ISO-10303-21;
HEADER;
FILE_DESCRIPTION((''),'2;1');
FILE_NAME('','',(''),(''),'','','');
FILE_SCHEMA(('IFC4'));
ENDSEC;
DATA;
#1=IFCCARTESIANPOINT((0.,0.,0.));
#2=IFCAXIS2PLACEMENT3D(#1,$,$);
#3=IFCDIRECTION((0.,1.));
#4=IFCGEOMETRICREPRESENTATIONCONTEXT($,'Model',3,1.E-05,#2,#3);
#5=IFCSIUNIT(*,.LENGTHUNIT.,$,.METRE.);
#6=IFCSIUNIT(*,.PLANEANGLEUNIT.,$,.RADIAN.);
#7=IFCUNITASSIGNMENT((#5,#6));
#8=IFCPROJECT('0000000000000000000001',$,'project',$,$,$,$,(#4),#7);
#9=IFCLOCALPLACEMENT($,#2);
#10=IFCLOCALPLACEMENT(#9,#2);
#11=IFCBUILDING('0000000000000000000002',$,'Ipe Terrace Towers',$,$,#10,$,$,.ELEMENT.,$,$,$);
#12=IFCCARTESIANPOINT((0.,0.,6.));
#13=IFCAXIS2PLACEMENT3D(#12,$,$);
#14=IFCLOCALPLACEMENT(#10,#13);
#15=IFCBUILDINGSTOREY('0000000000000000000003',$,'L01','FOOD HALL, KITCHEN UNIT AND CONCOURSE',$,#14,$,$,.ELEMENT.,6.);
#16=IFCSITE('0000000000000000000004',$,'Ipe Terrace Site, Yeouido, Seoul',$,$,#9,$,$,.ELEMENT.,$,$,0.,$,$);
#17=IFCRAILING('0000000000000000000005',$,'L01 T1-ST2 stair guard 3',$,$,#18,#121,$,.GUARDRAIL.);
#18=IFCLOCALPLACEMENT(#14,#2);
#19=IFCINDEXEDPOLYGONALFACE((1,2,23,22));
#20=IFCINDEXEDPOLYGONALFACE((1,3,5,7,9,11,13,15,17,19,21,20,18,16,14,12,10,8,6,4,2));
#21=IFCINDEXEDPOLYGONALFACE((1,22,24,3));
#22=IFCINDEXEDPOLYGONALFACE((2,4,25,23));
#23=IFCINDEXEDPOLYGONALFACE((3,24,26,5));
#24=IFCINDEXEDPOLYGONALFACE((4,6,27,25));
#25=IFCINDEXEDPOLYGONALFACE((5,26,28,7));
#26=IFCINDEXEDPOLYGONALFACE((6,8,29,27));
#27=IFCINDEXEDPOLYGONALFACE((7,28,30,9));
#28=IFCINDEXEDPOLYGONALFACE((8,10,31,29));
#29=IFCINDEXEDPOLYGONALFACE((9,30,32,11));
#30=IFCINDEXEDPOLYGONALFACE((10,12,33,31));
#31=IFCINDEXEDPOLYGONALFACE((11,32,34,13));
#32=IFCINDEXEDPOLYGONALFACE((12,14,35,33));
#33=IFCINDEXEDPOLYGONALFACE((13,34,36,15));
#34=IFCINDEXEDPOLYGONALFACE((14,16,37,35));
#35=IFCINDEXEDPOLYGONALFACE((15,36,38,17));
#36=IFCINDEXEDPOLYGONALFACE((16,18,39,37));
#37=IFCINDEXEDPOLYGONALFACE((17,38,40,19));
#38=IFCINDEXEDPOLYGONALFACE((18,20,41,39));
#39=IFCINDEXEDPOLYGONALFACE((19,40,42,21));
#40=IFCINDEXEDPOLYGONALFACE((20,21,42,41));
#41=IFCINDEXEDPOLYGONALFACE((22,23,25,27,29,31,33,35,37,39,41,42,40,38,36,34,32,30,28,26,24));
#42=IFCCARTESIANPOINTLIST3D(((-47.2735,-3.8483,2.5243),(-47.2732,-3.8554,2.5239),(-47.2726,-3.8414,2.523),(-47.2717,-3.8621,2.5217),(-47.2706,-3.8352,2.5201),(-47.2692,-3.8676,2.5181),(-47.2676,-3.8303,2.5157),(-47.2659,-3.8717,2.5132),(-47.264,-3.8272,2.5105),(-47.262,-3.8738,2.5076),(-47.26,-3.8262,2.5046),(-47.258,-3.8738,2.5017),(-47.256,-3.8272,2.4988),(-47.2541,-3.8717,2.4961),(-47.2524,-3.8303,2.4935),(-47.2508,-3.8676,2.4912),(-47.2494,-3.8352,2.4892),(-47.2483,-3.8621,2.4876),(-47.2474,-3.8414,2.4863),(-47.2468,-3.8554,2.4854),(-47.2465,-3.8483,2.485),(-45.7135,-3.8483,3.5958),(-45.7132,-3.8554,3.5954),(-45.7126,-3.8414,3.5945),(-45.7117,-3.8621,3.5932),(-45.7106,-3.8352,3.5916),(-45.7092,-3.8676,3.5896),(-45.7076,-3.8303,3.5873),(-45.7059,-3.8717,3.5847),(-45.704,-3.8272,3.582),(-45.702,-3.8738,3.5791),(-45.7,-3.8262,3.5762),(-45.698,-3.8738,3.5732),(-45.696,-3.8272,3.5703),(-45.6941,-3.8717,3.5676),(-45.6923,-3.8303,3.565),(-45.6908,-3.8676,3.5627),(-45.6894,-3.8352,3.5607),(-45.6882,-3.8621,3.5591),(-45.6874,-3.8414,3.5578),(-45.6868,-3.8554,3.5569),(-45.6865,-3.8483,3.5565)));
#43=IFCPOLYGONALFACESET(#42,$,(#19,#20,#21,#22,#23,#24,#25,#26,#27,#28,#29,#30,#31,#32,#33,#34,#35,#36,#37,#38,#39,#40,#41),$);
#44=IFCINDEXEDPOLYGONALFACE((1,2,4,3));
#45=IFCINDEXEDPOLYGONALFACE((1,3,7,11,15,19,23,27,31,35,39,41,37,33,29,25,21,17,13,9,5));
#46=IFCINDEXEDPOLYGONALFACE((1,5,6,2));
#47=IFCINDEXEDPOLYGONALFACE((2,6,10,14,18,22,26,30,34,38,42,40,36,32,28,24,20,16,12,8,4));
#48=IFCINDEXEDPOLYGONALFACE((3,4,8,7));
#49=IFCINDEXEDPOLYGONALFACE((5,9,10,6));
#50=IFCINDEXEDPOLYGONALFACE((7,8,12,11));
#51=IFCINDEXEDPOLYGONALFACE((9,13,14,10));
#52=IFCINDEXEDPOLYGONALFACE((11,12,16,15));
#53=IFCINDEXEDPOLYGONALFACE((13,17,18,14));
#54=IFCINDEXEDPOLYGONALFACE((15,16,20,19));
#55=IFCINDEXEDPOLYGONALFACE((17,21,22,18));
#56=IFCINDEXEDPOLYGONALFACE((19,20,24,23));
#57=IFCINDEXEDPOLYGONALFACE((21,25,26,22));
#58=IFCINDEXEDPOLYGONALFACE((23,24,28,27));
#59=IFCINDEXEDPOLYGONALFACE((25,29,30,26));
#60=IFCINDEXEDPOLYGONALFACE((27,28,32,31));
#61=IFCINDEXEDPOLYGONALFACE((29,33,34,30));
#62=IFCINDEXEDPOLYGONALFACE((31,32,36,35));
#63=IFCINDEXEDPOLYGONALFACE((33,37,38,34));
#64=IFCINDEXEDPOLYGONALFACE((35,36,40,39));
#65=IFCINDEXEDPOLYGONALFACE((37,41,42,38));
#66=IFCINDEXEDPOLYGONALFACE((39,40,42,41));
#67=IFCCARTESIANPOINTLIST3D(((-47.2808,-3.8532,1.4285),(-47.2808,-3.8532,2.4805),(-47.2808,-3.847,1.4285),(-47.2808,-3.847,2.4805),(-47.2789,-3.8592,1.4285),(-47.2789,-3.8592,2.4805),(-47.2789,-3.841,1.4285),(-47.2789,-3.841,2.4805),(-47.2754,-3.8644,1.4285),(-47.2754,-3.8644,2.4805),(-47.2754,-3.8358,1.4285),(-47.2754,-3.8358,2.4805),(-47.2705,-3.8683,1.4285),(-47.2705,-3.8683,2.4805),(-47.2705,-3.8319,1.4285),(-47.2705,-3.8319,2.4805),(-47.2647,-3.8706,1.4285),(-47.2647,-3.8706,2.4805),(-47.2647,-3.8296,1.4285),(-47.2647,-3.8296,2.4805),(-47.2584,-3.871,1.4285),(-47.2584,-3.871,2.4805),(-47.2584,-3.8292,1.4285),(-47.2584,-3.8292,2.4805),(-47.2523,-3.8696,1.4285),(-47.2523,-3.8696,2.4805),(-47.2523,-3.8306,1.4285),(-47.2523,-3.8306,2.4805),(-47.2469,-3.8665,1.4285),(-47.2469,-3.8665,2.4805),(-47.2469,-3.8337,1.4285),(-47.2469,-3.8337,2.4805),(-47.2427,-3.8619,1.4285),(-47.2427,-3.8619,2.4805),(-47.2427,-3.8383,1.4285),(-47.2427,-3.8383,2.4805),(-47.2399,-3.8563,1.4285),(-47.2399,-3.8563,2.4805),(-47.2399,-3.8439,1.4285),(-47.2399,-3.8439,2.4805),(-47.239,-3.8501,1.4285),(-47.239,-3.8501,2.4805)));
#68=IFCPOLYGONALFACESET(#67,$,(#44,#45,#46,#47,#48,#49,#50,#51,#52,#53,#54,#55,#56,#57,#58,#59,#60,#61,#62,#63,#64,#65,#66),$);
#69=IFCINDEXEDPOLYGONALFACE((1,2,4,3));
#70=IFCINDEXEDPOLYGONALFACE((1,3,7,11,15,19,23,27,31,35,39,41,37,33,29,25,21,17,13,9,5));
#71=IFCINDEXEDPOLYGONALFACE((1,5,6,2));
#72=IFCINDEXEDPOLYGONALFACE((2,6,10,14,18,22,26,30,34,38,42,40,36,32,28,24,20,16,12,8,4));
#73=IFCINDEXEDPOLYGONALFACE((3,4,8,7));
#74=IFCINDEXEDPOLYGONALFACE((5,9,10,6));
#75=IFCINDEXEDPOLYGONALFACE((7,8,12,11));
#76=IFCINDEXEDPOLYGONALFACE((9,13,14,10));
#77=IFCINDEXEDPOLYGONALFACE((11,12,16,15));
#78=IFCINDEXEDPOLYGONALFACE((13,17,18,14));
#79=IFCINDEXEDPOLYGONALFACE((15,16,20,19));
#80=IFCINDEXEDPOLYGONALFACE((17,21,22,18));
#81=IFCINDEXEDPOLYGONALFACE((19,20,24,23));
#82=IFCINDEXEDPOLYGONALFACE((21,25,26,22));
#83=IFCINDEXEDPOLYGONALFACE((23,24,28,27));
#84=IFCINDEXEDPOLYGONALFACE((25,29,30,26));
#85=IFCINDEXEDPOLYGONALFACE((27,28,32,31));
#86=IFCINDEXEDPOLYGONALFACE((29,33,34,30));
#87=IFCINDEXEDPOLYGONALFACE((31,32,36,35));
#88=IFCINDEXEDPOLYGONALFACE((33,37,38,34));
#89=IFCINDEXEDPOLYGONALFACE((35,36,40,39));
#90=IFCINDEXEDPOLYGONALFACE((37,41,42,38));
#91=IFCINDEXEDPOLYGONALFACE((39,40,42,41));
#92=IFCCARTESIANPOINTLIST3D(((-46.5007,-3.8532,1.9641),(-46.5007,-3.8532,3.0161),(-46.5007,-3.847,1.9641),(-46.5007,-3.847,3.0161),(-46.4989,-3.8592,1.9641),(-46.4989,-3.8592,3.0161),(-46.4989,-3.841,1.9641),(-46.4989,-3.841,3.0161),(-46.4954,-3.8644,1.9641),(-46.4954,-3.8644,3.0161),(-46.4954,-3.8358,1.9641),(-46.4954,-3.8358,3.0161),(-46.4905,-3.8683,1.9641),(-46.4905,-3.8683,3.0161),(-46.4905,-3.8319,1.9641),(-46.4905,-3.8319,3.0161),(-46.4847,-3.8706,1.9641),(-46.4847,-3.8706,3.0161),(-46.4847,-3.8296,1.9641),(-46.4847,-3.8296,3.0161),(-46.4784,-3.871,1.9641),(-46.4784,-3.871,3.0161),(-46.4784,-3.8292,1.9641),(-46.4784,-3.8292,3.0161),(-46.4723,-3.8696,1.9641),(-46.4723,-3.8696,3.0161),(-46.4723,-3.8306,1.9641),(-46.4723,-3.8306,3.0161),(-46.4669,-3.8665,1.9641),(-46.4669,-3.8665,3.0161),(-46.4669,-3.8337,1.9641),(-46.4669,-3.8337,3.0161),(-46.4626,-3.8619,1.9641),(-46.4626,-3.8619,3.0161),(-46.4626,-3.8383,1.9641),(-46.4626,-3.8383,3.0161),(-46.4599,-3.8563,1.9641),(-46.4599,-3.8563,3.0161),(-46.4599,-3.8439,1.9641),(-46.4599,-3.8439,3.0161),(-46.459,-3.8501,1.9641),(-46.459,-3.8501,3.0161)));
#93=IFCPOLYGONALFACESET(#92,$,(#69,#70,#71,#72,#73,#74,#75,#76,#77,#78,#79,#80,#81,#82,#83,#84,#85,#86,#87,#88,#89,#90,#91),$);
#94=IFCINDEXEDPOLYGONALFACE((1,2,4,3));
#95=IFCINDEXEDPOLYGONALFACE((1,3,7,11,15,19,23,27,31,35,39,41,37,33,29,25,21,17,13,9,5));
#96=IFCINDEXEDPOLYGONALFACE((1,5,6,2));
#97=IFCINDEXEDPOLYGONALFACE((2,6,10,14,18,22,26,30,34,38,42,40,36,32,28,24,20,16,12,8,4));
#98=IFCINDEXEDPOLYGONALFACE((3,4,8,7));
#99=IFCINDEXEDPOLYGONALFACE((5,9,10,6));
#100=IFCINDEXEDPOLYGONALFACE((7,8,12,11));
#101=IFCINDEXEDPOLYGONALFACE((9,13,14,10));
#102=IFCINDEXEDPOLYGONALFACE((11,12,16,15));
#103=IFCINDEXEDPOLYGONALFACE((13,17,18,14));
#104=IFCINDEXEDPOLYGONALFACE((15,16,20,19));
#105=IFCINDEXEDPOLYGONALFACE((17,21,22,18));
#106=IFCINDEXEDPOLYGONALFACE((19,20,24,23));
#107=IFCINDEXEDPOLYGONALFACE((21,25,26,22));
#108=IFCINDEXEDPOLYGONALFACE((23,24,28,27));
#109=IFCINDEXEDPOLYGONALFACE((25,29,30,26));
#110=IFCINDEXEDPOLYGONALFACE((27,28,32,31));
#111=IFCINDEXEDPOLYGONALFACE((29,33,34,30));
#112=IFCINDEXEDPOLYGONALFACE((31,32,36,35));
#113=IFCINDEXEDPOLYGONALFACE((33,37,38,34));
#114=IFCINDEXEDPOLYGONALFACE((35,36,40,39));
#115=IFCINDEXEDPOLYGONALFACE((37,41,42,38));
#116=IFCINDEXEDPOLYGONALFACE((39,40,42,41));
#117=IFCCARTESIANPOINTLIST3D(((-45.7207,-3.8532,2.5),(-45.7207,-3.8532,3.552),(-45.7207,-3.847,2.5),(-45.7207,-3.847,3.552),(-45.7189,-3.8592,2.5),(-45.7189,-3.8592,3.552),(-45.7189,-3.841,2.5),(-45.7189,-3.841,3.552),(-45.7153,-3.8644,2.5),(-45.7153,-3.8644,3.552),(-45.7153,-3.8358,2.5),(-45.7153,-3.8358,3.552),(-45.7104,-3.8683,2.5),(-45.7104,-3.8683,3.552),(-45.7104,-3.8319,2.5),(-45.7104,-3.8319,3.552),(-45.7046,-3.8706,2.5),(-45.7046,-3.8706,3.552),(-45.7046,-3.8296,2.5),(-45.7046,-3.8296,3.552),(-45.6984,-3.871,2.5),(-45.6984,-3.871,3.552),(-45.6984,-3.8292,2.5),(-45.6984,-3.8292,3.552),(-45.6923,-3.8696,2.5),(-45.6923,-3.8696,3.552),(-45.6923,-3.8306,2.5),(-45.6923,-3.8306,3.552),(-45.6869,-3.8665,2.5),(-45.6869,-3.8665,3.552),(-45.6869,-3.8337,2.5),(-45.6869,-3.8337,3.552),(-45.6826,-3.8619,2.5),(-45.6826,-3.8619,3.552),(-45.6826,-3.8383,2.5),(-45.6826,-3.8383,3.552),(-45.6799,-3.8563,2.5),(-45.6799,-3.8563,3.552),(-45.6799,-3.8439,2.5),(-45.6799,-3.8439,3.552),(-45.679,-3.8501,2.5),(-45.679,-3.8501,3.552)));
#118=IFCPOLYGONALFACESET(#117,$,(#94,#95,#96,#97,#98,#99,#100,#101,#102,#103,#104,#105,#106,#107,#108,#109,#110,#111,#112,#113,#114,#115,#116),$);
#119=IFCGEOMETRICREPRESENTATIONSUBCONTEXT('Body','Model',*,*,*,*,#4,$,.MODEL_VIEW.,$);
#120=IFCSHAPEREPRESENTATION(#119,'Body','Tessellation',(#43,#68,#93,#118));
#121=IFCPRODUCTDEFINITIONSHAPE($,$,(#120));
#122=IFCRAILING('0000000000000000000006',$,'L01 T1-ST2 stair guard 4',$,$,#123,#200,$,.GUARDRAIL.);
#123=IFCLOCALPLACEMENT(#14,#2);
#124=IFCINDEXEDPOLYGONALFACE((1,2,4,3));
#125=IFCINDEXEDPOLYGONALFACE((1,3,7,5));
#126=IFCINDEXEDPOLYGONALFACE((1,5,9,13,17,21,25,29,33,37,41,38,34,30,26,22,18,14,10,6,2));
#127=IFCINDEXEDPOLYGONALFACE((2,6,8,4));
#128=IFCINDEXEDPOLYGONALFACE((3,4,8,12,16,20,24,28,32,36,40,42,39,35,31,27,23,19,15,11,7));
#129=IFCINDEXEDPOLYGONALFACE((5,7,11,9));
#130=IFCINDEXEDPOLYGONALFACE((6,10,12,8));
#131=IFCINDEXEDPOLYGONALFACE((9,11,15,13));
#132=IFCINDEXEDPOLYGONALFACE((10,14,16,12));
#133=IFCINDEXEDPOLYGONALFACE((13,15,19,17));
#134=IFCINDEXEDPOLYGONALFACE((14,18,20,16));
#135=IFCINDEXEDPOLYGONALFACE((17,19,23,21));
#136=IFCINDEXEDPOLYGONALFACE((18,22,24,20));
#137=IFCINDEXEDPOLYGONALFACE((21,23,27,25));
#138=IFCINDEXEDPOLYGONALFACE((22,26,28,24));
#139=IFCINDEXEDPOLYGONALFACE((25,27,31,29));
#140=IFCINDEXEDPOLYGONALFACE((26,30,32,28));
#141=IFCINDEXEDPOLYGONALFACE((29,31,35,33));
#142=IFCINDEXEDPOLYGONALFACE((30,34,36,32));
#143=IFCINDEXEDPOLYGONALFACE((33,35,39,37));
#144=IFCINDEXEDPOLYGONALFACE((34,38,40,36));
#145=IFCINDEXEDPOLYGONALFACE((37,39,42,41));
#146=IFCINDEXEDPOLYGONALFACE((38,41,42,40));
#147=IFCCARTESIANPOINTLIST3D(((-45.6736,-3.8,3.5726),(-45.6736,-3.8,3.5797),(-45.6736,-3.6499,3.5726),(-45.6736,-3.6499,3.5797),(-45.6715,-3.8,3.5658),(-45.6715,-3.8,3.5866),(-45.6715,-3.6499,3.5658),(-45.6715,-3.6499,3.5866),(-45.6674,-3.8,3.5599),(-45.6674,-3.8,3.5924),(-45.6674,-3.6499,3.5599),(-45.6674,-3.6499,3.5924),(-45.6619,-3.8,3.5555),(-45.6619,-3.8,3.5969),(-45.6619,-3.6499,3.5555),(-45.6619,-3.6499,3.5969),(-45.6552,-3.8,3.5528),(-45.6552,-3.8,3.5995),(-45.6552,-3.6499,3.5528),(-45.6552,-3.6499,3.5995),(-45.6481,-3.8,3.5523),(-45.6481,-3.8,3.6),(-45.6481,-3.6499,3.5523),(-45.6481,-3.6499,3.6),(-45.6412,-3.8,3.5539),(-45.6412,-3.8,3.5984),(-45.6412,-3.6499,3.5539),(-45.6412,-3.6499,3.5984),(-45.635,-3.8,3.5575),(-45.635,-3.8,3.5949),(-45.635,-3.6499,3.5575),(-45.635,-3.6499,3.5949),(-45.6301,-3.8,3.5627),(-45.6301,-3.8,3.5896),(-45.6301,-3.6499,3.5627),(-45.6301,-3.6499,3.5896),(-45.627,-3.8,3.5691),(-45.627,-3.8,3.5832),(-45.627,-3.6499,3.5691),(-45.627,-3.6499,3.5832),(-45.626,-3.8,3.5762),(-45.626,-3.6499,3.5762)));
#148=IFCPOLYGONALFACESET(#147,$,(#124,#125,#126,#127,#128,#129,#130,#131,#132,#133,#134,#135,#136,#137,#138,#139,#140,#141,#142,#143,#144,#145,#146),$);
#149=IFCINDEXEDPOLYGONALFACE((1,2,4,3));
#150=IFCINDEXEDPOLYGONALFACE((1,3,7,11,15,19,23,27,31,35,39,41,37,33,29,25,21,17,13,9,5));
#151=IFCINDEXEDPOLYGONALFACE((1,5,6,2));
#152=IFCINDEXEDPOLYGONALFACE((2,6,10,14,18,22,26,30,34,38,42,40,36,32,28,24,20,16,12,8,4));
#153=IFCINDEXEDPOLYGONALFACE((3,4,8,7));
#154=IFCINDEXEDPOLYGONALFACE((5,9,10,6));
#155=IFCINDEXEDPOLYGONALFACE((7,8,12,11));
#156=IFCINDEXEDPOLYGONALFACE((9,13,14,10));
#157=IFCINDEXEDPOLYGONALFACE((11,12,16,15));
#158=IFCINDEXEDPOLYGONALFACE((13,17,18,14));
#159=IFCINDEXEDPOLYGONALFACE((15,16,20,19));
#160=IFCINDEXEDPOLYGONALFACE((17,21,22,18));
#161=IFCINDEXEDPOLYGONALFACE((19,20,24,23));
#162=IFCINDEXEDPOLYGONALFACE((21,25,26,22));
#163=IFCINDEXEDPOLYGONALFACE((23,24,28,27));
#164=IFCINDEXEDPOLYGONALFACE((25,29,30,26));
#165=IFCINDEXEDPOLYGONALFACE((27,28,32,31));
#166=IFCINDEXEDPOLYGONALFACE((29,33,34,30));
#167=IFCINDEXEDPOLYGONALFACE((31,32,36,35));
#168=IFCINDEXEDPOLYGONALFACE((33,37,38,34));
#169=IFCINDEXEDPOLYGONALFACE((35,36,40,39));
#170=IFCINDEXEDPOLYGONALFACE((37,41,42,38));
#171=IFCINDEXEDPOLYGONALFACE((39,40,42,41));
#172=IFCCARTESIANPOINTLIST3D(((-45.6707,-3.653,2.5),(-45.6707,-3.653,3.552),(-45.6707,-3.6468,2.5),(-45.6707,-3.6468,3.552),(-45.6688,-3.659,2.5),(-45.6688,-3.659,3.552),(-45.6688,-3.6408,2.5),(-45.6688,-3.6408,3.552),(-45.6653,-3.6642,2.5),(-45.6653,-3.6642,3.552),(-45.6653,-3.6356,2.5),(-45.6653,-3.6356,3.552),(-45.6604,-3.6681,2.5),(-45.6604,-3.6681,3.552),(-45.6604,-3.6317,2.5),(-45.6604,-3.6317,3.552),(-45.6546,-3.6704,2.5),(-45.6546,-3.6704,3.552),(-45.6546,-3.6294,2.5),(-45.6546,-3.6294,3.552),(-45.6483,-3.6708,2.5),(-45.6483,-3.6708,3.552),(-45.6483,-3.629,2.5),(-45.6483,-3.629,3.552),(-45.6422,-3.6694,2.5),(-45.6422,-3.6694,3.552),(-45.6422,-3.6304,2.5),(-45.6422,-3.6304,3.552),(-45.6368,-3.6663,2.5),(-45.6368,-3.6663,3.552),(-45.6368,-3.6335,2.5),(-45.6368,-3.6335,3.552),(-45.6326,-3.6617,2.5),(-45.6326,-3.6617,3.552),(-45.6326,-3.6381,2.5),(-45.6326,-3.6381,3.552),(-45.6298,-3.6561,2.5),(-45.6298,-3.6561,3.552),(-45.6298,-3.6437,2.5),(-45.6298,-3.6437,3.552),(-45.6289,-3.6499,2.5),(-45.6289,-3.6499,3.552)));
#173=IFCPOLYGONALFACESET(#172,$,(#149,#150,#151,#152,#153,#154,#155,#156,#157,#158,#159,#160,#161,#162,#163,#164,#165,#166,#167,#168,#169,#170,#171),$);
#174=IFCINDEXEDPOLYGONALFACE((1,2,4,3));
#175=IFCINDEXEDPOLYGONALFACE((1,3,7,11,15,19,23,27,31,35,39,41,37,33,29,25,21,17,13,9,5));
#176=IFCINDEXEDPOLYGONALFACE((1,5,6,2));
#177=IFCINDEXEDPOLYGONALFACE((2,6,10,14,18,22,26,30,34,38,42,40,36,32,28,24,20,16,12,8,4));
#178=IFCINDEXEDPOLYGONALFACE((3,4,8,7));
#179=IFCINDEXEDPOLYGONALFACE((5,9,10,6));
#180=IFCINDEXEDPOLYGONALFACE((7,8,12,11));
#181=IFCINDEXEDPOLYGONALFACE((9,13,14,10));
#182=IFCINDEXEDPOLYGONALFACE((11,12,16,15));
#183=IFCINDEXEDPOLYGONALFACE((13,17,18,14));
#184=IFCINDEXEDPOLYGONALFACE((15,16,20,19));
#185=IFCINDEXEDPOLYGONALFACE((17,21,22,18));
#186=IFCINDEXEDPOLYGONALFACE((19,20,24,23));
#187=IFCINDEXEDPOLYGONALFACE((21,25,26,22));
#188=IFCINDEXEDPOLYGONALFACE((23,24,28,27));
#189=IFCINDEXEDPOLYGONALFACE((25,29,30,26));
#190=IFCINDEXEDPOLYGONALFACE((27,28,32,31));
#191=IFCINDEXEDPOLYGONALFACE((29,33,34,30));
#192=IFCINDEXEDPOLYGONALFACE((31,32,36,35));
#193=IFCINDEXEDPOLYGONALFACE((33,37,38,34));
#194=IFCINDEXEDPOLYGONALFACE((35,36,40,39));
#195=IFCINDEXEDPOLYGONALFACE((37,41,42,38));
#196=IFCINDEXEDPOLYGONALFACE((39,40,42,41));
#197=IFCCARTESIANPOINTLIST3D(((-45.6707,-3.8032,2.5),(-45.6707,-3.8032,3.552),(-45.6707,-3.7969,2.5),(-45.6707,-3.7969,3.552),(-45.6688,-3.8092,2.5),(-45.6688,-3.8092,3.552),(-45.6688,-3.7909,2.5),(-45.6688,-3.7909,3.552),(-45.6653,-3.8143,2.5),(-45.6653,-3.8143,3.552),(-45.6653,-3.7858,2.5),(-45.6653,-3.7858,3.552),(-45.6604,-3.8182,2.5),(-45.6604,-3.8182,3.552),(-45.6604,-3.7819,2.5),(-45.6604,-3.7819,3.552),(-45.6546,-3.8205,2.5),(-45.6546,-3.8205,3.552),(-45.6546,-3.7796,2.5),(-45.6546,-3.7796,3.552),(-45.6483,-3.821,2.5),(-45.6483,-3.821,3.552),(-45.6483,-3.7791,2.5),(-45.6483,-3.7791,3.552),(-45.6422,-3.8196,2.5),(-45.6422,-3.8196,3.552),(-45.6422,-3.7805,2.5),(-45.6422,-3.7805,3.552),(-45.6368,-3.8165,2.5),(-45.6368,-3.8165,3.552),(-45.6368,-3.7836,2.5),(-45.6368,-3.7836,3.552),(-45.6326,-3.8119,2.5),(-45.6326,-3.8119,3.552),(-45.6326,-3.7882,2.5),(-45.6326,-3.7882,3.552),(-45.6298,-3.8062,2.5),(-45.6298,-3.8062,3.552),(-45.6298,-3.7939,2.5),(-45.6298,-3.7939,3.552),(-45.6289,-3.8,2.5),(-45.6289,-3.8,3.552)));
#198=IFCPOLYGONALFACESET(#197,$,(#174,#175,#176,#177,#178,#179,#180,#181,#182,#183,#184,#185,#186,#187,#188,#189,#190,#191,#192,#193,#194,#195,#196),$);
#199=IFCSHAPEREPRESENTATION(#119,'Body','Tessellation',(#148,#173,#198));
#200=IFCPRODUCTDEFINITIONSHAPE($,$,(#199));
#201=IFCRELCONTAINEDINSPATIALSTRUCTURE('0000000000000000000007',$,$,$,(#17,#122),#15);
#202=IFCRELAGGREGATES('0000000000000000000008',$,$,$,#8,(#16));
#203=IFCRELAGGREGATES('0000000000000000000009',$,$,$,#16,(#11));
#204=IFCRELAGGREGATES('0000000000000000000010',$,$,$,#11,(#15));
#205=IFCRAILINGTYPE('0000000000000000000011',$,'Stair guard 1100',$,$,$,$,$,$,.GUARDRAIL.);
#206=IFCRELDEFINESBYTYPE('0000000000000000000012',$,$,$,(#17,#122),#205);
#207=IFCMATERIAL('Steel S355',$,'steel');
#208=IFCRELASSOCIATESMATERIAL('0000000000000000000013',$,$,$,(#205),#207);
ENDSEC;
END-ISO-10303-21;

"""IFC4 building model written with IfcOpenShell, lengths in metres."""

from ifc_helpers import new_model, si_unit, direction, frame, origin, origin_2d, place, context, subcontext, project, spatial, circle, extrude, material, type_object, element, save


model = new_model("IFC4")

# Units and contexts
model_context = context("Model", 3, precision=1e-05, world=origin(), true_north=direction((0.0, 1.0)))
body_context = subcontext(model_context, "Body", "Model", "MODEL_VIEW")
ifc_project = project(units=[si_unit("LENGTHUNIT", "METRE"), si_unit("PLANEANGLEUNIT", "RADIAN")], contexts=[model_context])

# Site, building, storey
site_placement = place(None, origin())
site = spatial("IfcSite", under=ifc_project, at=site_placement, Name="Ipe Terrace Site, Yeouido, Seoul", CompositionType="ELEMENT", RefElevation=0.0)
building_placement = place(site_placement, origin())
building = spatial("IfcBuilding", under=site, at=building_placement, Name="Ipe Terrace Towers", CompositionType="ELEMENT")
storey_placement = place(building_placement, frame((0.0, 0.0, 6.0)))
storey = spatial("IfcBuildingStorey", under=building, at=storey_placement, Name="L01", Description="FOOD HALL, KITCHEN UNIT AND CONCOURSE", CompositionType="ELEMENT", Elevation=6.0)

# Railings
ifc_material_1 = material(Name="Steel S355", Category="steel")
railing_type_1 = type_object("IfcRailingType", Name="Stair guard 1100", PredefinedType="GUARDRAIL", material=ifc_material_1)
railing_1_placement = place(storey_placement, frame((-47.26, -3.8501, 1.4285)))
element("IfcRailing", 1, at=railing_1_placement, inside=storey, type_object=railing_type_1, Name="L01 T1-ST2 stair guard 3", PredefinedType="GUARDRAIL", context=body_context, shape_type="SweptSolid", body=[
    extrude(circle(Radius=0.0239, at=origin_2d()), frame((0.0, 0.0, 1.0762), z_axis=(0.82429, 0.0, 0.566167), x_axis=(0.0, 1.0, 0.0)), (0.0, 0.0, 1.0), 1.8926),
    extrude(circle(Radius=0.021, at=origin_2d()), origin(), (0.0, 0.0, 1.0), 1.052),
    extrude(circle(Radius=0.021, at=origin_2d()), frame((0.78, 0.0, 0.5356)), (0.0, 0.0, 1.0), 1.052),
    extrude(circle(Radius=0.021, at=origin_2d()), frame((1.5601, 0.0, 1.0715)), (0.0, 0.0, 1.0), 1.052),
])
railing_2_placement = place(storey_placement, frame((-45.6499, -3.6499, 2.5)))
element("IfcRailing", 2, at=railing_2_placement, inside=storey, type_object=railing_type_1, Name="L01 T1-ST2 stair guard 4", PredefinedType="GUARDRAIL", context=body_context, shape_type="SweptSolid", body=[
    extrude(circle(Radius=0.0239, at=origin_2d()), frame((0.0, 0.0, 1.0762), z_axis=(0.0, -1.0, 0.0), x_axis=(1.0, 0.0, 0.0)), (0.0, 0.0, 1.0), 0.1501),
    extrude(circle(Radius=0.021, at=origin_2d()), origin(), (0.0, 0.0, 1.0), 1.052),
    extrude(circle(Radius=0.021, at=origin_2d()), frame((0.0, -0.1501, 0.0)), (0.0, 0.0, 1.0), 1.052),
])

save(model, "model.ifc")
